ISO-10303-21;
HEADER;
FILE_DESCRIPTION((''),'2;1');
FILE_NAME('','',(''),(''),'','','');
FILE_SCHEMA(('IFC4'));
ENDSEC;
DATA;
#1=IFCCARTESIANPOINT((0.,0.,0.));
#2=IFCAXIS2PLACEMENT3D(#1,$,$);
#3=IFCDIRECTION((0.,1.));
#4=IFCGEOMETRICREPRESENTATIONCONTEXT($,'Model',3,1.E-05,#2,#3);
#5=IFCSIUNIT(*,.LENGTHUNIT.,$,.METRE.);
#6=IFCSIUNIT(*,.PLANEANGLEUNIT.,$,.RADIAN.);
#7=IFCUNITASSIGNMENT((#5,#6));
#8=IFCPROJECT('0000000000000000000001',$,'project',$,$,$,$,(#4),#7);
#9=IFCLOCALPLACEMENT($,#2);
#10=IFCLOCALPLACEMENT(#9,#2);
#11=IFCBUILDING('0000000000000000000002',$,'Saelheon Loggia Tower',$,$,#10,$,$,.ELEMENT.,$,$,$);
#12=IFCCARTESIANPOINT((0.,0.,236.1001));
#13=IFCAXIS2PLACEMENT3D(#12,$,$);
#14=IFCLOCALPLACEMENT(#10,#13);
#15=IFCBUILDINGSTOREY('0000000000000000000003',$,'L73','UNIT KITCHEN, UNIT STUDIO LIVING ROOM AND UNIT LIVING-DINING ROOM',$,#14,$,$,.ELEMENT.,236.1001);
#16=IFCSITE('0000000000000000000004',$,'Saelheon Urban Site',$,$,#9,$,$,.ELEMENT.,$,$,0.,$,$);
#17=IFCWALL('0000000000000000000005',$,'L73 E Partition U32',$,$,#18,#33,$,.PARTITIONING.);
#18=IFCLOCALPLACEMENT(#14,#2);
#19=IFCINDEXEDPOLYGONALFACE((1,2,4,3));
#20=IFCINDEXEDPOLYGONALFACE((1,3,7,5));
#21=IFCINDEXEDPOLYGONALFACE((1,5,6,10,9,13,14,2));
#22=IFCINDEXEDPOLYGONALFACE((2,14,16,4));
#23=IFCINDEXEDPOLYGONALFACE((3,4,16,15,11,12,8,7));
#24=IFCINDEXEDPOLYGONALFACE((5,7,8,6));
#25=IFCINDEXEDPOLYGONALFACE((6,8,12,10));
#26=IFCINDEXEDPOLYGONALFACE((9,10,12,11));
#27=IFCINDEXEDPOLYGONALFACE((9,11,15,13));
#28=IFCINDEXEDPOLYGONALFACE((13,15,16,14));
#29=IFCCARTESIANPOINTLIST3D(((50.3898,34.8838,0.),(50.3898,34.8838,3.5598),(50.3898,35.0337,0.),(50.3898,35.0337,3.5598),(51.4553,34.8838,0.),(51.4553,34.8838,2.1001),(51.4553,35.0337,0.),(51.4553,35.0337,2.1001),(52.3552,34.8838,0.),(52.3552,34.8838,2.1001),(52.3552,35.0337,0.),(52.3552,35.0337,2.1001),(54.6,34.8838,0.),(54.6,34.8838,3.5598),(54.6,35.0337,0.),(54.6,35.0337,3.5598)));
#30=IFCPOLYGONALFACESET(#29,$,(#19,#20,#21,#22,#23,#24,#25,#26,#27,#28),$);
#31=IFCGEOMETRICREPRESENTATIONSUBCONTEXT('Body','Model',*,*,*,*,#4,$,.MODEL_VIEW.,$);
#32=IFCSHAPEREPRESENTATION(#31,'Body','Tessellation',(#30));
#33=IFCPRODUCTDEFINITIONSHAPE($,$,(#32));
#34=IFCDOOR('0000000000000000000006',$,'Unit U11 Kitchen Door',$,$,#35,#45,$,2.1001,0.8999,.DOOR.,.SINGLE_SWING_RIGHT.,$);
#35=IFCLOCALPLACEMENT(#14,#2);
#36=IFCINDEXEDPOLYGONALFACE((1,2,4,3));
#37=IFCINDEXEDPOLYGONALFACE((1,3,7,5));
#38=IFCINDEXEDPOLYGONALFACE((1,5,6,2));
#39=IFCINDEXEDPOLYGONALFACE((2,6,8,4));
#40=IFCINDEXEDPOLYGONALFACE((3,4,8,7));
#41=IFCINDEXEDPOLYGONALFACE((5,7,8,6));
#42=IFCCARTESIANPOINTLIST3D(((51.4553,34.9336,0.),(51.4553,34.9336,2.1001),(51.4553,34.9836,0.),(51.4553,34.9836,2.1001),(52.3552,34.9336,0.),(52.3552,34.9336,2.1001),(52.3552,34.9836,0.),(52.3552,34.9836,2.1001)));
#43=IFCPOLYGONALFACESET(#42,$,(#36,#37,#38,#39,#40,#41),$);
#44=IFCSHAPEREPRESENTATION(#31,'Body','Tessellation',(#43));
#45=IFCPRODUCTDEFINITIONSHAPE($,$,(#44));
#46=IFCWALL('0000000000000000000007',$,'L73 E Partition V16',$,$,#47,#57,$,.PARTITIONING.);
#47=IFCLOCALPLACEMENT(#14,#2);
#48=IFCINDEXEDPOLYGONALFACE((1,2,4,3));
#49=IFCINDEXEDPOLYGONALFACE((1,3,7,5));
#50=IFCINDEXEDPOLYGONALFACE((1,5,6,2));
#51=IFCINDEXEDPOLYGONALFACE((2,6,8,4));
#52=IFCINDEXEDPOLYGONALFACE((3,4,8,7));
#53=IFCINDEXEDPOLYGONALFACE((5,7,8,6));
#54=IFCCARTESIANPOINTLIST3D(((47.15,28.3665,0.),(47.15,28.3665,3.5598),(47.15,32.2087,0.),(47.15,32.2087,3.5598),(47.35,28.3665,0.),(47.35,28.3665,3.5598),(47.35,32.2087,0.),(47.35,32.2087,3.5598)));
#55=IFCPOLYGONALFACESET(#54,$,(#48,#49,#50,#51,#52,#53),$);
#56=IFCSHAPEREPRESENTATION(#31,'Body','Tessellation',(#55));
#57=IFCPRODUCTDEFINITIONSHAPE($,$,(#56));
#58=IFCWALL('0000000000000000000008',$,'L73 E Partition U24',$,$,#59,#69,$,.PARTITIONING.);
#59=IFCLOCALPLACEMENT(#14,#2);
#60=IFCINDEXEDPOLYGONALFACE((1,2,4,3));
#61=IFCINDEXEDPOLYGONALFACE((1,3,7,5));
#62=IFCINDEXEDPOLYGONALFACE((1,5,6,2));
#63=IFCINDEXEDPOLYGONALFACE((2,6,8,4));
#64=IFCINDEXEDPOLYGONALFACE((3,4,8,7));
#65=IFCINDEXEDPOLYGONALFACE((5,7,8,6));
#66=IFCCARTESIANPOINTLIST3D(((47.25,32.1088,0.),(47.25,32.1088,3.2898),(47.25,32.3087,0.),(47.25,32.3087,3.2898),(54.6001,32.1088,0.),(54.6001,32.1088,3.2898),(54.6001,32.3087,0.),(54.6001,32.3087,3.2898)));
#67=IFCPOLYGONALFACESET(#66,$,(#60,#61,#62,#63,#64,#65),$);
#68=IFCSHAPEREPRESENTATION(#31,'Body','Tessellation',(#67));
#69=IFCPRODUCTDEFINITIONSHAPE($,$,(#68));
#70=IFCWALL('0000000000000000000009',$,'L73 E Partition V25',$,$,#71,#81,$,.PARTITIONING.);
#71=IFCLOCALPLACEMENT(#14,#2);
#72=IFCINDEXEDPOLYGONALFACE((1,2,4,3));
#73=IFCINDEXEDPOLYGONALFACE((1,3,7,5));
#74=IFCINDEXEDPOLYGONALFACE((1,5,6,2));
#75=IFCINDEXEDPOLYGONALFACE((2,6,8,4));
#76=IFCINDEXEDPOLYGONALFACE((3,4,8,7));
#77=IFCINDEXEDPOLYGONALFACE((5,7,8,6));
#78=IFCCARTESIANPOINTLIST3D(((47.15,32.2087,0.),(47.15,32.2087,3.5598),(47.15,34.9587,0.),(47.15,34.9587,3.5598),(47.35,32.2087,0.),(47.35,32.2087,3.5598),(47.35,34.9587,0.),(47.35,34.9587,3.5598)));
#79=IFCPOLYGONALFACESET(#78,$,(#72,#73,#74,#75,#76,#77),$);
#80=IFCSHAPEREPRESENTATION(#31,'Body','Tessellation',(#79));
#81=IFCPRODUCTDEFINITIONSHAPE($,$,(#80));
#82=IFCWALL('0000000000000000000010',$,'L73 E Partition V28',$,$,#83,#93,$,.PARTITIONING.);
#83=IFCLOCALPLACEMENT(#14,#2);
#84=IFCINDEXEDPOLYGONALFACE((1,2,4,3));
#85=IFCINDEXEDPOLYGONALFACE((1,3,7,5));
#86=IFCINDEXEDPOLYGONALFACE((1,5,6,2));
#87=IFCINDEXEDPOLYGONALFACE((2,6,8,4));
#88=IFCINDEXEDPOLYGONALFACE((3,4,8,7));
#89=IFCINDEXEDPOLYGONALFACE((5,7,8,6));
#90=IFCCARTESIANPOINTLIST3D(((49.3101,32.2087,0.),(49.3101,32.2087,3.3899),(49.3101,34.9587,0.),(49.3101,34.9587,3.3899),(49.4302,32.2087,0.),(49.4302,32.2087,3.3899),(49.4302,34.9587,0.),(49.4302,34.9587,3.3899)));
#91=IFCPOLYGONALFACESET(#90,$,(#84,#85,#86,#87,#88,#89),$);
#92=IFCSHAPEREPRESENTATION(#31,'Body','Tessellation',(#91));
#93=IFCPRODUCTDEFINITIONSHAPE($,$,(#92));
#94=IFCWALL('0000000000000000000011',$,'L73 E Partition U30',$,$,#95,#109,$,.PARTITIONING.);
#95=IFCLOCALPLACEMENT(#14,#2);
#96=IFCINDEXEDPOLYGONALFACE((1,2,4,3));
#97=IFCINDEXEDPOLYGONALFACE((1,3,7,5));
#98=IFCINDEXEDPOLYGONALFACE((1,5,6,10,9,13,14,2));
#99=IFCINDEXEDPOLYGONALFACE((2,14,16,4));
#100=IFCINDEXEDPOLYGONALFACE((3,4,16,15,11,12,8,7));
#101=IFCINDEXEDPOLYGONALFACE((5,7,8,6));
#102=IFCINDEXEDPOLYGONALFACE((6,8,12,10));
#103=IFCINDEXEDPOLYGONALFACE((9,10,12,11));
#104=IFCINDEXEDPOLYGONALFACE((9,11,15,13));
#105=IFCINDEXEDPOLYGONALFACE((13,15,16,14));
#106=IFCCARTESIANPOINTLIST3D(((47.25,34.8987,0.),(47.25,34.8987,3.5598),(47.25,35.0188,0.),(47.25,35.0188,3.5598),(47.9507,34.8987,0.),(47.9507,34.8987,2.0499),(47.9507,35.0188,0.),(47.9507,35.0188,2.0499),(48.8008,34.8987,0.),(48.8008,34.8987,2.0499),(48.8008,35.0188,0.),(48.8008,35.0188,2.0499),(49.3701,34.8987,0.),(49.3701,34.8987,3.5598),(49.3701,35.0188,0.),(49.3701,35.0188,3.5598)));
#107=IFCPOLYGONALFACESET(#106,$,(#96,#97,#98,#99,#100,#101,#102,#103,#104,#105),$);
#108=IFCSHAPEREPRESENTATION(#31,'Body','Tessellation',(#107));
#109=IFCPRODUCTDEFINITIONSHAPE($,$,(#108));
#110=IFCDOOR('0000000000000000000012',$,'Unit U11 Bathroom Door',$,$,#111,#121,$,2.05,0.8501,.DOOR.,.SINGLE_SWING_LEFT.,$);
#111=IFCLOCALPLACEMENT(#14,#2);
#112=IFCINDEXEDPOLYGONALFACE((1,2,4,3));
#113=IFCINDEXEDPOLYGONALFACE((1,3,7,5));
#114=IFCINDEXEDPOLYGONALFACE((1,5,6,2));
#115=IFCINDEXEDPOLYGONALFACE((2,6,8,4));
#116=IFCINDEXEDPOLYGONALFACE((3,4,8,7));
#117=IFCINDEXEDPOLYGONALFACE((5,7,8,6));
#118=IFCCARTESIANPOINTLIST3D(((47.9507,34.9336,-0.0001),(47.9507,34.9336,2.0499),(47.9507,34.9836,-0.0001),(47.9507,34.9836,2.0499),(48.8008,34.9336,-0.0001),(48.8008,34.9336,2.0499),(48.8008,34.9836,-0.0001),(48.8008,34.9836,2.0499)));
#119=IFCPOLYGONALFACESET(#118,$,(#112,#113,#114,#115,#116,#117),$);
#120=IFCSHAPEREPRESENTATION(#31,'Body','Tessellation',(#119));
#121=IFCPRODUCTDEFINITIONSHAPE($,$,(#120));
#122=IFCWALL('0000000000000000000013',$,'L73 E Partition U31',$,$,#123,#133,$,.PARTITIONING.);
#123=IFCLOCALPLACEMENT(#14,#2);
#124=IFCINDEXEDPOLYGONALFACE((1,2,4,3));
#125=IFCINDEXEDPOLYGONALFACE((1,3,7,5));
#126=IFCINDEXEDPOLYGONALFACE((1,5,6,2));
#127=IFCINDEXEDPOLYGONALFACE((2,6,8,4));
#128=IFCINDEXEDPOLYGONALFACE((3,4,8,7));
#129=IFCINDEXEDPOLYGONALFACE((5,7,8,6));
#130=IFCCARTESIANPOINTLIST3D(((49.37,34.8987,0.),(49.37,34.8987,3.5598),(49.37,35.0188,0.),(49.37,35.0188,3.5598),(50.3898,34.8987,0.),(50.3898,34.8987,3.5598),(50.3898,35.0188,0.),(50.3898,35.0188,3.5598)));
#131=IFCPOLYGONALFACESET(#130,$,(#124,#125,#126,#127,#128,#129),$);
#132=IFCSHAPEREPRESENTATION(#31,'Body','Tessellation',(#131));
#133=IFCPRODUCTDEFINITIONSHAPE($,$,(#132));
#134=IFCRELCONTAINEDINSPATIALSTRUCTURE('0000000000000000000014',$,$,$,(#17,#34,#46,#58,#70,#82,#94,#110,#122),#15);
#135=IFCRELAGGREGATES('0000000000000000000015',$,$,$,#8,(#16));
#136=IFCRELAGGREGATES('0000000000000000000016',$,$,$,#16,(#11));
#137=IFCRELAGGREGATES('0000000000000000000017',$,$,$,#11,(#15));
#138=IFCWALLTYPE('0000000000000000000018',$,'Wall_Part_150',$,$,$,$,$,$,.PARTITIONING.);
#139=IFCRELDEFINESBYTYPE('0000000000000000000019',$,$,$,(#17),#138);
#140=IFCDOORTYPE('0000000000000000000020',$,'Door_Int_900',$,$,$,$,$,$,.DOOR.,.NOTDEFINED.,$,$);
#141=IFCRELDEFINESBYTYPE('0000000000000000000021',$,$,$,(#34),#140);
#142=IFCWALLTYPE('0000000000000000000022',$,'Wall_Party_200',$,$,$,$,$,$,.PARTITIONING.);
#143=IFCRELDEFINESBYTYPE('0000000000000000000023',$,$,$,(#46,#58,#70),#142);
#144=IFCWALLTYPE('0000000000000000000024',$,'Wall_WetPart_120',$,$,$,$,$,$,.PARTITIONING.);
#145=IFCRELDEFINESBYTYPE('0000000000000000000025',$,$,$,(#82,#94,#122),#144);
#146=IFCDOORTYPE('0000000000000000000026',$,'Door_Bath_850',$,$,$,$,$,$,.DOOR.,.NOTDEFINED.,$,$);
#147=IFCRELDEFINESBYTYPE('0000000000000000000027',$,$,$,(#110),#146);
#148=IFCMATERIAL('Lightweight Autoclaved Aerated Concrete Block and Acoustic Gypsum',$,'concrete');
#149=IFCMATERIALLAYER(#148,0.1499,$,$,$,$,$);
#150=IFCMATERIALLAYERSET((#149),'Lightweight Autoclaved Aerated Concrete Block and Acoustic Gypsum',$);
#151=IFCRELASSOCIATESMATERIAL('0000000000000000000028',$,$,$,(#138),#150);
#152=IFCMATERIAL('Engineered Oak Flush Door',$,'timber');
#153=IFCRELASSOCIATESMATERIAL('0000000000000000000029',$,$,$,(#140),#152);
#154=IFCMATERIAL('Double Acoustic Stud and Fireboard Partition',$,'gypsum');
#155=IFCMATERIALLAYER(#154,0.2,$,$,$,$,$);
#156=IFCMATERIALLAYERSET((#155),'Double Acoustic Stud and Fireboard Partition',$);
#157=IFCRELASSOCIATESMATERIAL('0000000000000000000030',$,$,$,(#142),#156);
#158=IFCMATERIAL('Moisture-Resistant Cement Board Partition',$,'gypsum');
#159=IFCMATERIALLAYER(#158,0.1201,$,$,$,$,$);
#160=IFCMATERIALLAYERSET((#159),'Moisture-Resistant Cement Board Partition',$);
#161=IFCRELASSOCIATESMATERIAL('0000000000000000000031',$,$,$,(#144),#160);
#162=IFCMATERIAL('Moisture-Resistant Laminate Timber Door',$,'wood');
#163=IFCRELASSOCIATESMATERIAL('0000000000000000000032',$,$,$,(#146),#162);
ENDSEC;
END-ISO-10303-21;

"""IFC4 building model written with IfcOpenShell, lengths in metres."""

from ifc_helpers import new_model, si_unit, direction, frame, frame_2d, origin, place, context, subcontext, project, spatial, rectangle, extrude, source, transform, mapped, material, layer, layer_set, type_object, element, fill, save


model = new_model("IFC4")

# Units and contexts
model_context = context("Model", 3, precision=1e-05, world=origin(), true_north=direction((0.0, 1.0)))
body_context = subcontext(model_context, "Body", "Model", "MODEL_VIEW")
ifc_project = project(units=[si_unit("LENGTHUNIT", "METRE"), si_unit("PLANEANGLEUNIT", "RADIAN")], contexts=[model_context])

# Site, building, storey
site_placement = place(None, origin())
site = spatial("IfcSite", under=ifc_project, at=site_placement, Name="Saelheon Urban Site", CompositionType="ELEMENT", RefElevation=0.0)
building_placement = place(site_placement, origin())
building = spatial("IfcBuilding", under=site, at=building_placement, Name="Saelheon Loggia Tower", CompositionType="ELEMENT")
storey_placement = place(building_placement, frame((0.0, 0.0, 236.1001)))
storey = spatial("IfcBuildingStorey", under=building, at=storey_placement, Name="L73", Description="UNIT KITCHEN, UNIT STUDIO LIVING ROOM AND UNIT LIVING-DINING ROOM", CompositionType="ELEMENT", Elevation=236.1001)

# Shared definitions
ifc_material_1 = material(Name="Lightweight Autoclaved Aerated Concrete Block and Acoustic Gypsum", Category="concrete")
ifc_layer_1 = layer(ifc_material_1, 0.1499)
ifc_layer_set_1 = layer_set([ifc_layer_1], Name="Lightweight Autoclaved Aerated Concrete Block and Acoustic Gypsum")
wall_type_1 = type_object("IfcWallType", Name="Wall_Part_150", PredefinedType="PARTITIONING", material=ifc_layer_set_1)

# Wall, opening, door
ifc_material_2 = material(Name="Engineered Oak Flush Door", Category="timber")
door_type_1 = type_object("IfcDoorType", Name="Door_Int_900", OperationType="NOTDEFINED", PredefinedType="DOOR", material=ifc_material_2)
shared_shape_1 = source(origin(), body_context, "Body", "SweptSolid", [
    extrude(rectangle(XDim=0.8999, YDim=2.1001, at=frame_2d((0.45, 1.05))), frame((0.0, 0.0249, 0.0), z_axis=(0.0, -1.0, 0.0), x_axis=(1.0, 0.0, 0.0)), (0.0, 0.0, 1.0), 0.05),
])
wall_1_placement = place(storey_placement, frame((50.3899, 34.9587, 0.0), z_axis=(0.0, 0.0, 1.0), x_axis=(1.0, 0.0, 0.0)))
wall_1 = element("IfcWall", 1, at=wall_1_placement, inside=storey, type_object=wall_type_1, Name="L73 E Partition U32", PredefinedType="PARTITIONING", context=body_context, shape_type="SweptSolid", body=[
    extrude(rectangle(XDim=4.2102, YDim=0.1499, at=frame_2d((2.105, 0.0))), origin(), (0.0, 0.0, 1.0), 3.5598),
])
opening_1_placement = place(wall_1_placement, frame((1.0654, 0.0, 0.0)))
opening_1 = element("IfcOpeningElement", 2, at=opening_1_placement, cuts=wall_1, PredefinedType="OPENING", context=body_context, shape_type="SweptSolid", body=[
    extrude(rectangle(XDim=0.8999, YDim=2.1001, at=frame_2d((0.45, 1.05))), frame((0.0, 0.0869, 0.0), z_axis=(0.0, -1.0, 0.0), x_axis=(1.0, 0.0, 0.0)), (0.0, 0.0, 1.0), 0.1738),
])
door_1_placement = place(opening_1_placement, origin())
door_1 = element("IfcDoor", 3, at=door_1_placement, inside=storey, type_object=door_type_1, Name="Unit U11 Kitchen Door", OperationType="SINGLE_SWING_RIGHT", OverallHeight=2.1001, OverallWidth=0.8999, PredefinedType="DOOR", context=body_context, shape_type="MappedRepresentation", body=[
    mapped(shared_shape_1, transform((0.0, 0.0, 0.0), scale=1.0)),
])
fill(opening_1, door_1)

# Walls
ifc_material_3 = material(Name="Double Acoustic Stud and Fireboard Partition", Category="gypsum")
ifc_layer_2 = layer(ifc_material_3, 0.2)
ifc_layer_set_2 = layer_set([ifc_layer_2], Name="Double Acoustic Stud and Fireboard Partition")
wall_type_2 = type_object("IfcWallType", Name="Wall_Party_200", PredefinedType="PARTITIONING", material=ifc_layer_set_2)
wall_2_placement = place(storey_placement, frame((47.25, 28.3665, 0.0), z_axis=(0.0, 0.0, 1.0), x_axis=(0.0, 1.0, 0.0)))
element("IfcWall", 4, at=wall_2_placement, inside=storey, type_object=wall_type_2, Name="L73 E Partition V16", PredefinedType="PARTITIONING", context=body_context, shape_type="SweptSolid", body=[
    extrude(rectangle(XDim=3.8423, YDim=0.2, at=frame_2d((1.9211, 0.0))), origin(), (0.0, 0.0, 1.0), 3.5598),
])
wall_3_placement = place(storey_placement, frame((47.25, 32.2087, 0.0), z_axis=(0.0, 0.0, 1.0), x_axis=(1.0, 0.0, 0.0)))
element("IfcWall", 5, at=wall_3_placement, inside=storey, type_object=wall_type_2, Name="L73 E Partition U24", PredefinedType="PARTITIONING", context=body_context, shape_type="SweptSolid", body=[
    extrude(rectangle(XDim=7.3501, YDim=0.2, at=frame_2d((3.675, 0.0))), origin(), (0.0, 0.0, 1.0), 3.2898),
])
wall_4_placement = place(storey_placement, frame((47.25, 32.2087, 0.0), z_axis=(0.0, 0.0, 1.0), x_axis=(0.0, 1.0, 0.0)))
element("IfcWall", 6, at=wall_4_placement, inside=storey, type_object=wall_type_2, Name="L73 E Partition V25", PredefinedType="PARTITIONING", context=body_context, shape_type="SweptSolid", body=[
    extrude(rectangle(XDim=2.75, YDim=0.2, at=frame_2d((1.375, 0.0))), origin(), (0.0, 0.0, 1.0), 3.5598),
])

# Wall
ifc_material_4 = material(Name="Moisture-Resistant Cement Board Partition", Category="gypsum")
ifc_layer_3 = layer(ifc_material_4, 0.1201)
ifc_layer_set_3 = layer_set([ifc_layer_3], Name="Moisture-Resistant Cement Board Partition")
wall_type_3 = type_object("IfcWallType", Name="Wall_WetPart_120", PredefinedType="PARTITIONING", material=ifc_layer_set_3)
wall_5_placement = place(storey_placement, frame((49.3701, 32.2087, 0.0), z_axis=(0.0, 0.0, 1.0), x_axis=(0.0, 1.0, 0.0)))
element("IfcWall", 7, at=wall_5_placement, inside=storey, type_object=wall_type_3, Name="L73 E Partition V28", PredefinedType="PARTITIONING", context=body_context, shape_type="SweptSolid", body=[
    extrude(rectangle(XDim=2.75, YDim=0.1201, at=frame_2d((1.375, 0.0))), origin(), (0.0, 0.0, 1.0), 3.3899),
])

# Wall, opening, door
wall_6_placement = place(storey_placement, frame((47.25, 34.9587, 0.0), z_axis=(0.0, 0.0, 1.0), x_axis=(1.0, 0.0, 0.0)))
wall_6 = element("IfcWall", 8, at=wall_6_placement, inside=storey, type_object=wall_type_3, Name="L73 E Partition U30", PredefinedType="PARTITIONING", context=body_context, shape_type="SweptSolid", body=[
    extrude(rectangle(XDim=2.1201, YDim=0.1201, at=frame_2d((1.0601, 0.0))), origin(), (0.0, 0.0, 1.0), 3.5598),
])
opening_2_placement = place(wall_6_placement, frame((0.7007, 0.0, 0.0)))
opening_2 = element("IfcOpeningElement", 9, at=opening_2_placement, cuts=wall_6, PredefinedType="OPENING", context=body_context, shape_type="SweptSolid", body=[
    extrude(rectangle(XDim=0.8501, YDim=2.05, at=frame_2d((0.425, 1.0249))), frame((0.0, 0.072, 0.0), z_axis=(0.0, -1.0, 0.0), x_axis=(1.0, 0.0, 0.0)), (0.0, 0.0, 1.0), 0.144),
])
ifc_material_5 = material(Name="Moisture-Resistant Laminate Timber Door", Category="wood")
door_type_2 = type_object("IfcDoorType", Name="Door_Bath_850", OperationType="NOTDEFINED", PredefinedType="DOOR", material=ifc_material_5)
shared_shape_2 = source(origin(), body_context, "Body", "SweptSolid", [
    extrude(rectangle(XDim=0.8501, YDim=2.05, at=frame_2d((0.425, 1.0249))), frame((0.0, 0.0249, 0.0), z_axis=(0.0, -1.0, 0.0), x_axis=(1.0, 0.0, 0.0)), (0.0, 0.0, 1.0), 0.05),
])
door_2_placement = place(opening_2_placement, origin())
door_2 = element("IfcDoor", 10, at=door_2_placement, inside=storey, type_object=door_type_2, Name="Unit U11 Bathroom Door", OperationType="SINGLE_SWING_LEFT", OverallHeight=2.05, OverallWidth=0.8501, PredefinedType="DOOR", context=body_context, shape_type="MappedRepresentation", body=[
    mapped(shared_shape_2, transform((0.0, 0.0, 0.0), scale=1.0)),
])
fill(opening_2, door_2)

# Wall
wall_7_placement = place(storey_placement, frame((49.3701, 34.9587, 0.0), z_axis=(0.0, 0.0, 1.0), x_axis=(1.0, 0.0, 0.0)))
element("IfcWall", 11, at=wall_7_placement, inside=storey, type_object=wall_type_3, Name="L73 E Partition U31", PredefinedType="PARTITIONING", context=body_context, shape_type="SweptSolid", body=[
    extrude(rectangle(XDim=1.0198, YDim=0.1201, at=frame_2d((0.5098, 0.0))), origin(), (0.0, 0.0, 1.0), 3.5598),
])

save(model, "model.ifc")
